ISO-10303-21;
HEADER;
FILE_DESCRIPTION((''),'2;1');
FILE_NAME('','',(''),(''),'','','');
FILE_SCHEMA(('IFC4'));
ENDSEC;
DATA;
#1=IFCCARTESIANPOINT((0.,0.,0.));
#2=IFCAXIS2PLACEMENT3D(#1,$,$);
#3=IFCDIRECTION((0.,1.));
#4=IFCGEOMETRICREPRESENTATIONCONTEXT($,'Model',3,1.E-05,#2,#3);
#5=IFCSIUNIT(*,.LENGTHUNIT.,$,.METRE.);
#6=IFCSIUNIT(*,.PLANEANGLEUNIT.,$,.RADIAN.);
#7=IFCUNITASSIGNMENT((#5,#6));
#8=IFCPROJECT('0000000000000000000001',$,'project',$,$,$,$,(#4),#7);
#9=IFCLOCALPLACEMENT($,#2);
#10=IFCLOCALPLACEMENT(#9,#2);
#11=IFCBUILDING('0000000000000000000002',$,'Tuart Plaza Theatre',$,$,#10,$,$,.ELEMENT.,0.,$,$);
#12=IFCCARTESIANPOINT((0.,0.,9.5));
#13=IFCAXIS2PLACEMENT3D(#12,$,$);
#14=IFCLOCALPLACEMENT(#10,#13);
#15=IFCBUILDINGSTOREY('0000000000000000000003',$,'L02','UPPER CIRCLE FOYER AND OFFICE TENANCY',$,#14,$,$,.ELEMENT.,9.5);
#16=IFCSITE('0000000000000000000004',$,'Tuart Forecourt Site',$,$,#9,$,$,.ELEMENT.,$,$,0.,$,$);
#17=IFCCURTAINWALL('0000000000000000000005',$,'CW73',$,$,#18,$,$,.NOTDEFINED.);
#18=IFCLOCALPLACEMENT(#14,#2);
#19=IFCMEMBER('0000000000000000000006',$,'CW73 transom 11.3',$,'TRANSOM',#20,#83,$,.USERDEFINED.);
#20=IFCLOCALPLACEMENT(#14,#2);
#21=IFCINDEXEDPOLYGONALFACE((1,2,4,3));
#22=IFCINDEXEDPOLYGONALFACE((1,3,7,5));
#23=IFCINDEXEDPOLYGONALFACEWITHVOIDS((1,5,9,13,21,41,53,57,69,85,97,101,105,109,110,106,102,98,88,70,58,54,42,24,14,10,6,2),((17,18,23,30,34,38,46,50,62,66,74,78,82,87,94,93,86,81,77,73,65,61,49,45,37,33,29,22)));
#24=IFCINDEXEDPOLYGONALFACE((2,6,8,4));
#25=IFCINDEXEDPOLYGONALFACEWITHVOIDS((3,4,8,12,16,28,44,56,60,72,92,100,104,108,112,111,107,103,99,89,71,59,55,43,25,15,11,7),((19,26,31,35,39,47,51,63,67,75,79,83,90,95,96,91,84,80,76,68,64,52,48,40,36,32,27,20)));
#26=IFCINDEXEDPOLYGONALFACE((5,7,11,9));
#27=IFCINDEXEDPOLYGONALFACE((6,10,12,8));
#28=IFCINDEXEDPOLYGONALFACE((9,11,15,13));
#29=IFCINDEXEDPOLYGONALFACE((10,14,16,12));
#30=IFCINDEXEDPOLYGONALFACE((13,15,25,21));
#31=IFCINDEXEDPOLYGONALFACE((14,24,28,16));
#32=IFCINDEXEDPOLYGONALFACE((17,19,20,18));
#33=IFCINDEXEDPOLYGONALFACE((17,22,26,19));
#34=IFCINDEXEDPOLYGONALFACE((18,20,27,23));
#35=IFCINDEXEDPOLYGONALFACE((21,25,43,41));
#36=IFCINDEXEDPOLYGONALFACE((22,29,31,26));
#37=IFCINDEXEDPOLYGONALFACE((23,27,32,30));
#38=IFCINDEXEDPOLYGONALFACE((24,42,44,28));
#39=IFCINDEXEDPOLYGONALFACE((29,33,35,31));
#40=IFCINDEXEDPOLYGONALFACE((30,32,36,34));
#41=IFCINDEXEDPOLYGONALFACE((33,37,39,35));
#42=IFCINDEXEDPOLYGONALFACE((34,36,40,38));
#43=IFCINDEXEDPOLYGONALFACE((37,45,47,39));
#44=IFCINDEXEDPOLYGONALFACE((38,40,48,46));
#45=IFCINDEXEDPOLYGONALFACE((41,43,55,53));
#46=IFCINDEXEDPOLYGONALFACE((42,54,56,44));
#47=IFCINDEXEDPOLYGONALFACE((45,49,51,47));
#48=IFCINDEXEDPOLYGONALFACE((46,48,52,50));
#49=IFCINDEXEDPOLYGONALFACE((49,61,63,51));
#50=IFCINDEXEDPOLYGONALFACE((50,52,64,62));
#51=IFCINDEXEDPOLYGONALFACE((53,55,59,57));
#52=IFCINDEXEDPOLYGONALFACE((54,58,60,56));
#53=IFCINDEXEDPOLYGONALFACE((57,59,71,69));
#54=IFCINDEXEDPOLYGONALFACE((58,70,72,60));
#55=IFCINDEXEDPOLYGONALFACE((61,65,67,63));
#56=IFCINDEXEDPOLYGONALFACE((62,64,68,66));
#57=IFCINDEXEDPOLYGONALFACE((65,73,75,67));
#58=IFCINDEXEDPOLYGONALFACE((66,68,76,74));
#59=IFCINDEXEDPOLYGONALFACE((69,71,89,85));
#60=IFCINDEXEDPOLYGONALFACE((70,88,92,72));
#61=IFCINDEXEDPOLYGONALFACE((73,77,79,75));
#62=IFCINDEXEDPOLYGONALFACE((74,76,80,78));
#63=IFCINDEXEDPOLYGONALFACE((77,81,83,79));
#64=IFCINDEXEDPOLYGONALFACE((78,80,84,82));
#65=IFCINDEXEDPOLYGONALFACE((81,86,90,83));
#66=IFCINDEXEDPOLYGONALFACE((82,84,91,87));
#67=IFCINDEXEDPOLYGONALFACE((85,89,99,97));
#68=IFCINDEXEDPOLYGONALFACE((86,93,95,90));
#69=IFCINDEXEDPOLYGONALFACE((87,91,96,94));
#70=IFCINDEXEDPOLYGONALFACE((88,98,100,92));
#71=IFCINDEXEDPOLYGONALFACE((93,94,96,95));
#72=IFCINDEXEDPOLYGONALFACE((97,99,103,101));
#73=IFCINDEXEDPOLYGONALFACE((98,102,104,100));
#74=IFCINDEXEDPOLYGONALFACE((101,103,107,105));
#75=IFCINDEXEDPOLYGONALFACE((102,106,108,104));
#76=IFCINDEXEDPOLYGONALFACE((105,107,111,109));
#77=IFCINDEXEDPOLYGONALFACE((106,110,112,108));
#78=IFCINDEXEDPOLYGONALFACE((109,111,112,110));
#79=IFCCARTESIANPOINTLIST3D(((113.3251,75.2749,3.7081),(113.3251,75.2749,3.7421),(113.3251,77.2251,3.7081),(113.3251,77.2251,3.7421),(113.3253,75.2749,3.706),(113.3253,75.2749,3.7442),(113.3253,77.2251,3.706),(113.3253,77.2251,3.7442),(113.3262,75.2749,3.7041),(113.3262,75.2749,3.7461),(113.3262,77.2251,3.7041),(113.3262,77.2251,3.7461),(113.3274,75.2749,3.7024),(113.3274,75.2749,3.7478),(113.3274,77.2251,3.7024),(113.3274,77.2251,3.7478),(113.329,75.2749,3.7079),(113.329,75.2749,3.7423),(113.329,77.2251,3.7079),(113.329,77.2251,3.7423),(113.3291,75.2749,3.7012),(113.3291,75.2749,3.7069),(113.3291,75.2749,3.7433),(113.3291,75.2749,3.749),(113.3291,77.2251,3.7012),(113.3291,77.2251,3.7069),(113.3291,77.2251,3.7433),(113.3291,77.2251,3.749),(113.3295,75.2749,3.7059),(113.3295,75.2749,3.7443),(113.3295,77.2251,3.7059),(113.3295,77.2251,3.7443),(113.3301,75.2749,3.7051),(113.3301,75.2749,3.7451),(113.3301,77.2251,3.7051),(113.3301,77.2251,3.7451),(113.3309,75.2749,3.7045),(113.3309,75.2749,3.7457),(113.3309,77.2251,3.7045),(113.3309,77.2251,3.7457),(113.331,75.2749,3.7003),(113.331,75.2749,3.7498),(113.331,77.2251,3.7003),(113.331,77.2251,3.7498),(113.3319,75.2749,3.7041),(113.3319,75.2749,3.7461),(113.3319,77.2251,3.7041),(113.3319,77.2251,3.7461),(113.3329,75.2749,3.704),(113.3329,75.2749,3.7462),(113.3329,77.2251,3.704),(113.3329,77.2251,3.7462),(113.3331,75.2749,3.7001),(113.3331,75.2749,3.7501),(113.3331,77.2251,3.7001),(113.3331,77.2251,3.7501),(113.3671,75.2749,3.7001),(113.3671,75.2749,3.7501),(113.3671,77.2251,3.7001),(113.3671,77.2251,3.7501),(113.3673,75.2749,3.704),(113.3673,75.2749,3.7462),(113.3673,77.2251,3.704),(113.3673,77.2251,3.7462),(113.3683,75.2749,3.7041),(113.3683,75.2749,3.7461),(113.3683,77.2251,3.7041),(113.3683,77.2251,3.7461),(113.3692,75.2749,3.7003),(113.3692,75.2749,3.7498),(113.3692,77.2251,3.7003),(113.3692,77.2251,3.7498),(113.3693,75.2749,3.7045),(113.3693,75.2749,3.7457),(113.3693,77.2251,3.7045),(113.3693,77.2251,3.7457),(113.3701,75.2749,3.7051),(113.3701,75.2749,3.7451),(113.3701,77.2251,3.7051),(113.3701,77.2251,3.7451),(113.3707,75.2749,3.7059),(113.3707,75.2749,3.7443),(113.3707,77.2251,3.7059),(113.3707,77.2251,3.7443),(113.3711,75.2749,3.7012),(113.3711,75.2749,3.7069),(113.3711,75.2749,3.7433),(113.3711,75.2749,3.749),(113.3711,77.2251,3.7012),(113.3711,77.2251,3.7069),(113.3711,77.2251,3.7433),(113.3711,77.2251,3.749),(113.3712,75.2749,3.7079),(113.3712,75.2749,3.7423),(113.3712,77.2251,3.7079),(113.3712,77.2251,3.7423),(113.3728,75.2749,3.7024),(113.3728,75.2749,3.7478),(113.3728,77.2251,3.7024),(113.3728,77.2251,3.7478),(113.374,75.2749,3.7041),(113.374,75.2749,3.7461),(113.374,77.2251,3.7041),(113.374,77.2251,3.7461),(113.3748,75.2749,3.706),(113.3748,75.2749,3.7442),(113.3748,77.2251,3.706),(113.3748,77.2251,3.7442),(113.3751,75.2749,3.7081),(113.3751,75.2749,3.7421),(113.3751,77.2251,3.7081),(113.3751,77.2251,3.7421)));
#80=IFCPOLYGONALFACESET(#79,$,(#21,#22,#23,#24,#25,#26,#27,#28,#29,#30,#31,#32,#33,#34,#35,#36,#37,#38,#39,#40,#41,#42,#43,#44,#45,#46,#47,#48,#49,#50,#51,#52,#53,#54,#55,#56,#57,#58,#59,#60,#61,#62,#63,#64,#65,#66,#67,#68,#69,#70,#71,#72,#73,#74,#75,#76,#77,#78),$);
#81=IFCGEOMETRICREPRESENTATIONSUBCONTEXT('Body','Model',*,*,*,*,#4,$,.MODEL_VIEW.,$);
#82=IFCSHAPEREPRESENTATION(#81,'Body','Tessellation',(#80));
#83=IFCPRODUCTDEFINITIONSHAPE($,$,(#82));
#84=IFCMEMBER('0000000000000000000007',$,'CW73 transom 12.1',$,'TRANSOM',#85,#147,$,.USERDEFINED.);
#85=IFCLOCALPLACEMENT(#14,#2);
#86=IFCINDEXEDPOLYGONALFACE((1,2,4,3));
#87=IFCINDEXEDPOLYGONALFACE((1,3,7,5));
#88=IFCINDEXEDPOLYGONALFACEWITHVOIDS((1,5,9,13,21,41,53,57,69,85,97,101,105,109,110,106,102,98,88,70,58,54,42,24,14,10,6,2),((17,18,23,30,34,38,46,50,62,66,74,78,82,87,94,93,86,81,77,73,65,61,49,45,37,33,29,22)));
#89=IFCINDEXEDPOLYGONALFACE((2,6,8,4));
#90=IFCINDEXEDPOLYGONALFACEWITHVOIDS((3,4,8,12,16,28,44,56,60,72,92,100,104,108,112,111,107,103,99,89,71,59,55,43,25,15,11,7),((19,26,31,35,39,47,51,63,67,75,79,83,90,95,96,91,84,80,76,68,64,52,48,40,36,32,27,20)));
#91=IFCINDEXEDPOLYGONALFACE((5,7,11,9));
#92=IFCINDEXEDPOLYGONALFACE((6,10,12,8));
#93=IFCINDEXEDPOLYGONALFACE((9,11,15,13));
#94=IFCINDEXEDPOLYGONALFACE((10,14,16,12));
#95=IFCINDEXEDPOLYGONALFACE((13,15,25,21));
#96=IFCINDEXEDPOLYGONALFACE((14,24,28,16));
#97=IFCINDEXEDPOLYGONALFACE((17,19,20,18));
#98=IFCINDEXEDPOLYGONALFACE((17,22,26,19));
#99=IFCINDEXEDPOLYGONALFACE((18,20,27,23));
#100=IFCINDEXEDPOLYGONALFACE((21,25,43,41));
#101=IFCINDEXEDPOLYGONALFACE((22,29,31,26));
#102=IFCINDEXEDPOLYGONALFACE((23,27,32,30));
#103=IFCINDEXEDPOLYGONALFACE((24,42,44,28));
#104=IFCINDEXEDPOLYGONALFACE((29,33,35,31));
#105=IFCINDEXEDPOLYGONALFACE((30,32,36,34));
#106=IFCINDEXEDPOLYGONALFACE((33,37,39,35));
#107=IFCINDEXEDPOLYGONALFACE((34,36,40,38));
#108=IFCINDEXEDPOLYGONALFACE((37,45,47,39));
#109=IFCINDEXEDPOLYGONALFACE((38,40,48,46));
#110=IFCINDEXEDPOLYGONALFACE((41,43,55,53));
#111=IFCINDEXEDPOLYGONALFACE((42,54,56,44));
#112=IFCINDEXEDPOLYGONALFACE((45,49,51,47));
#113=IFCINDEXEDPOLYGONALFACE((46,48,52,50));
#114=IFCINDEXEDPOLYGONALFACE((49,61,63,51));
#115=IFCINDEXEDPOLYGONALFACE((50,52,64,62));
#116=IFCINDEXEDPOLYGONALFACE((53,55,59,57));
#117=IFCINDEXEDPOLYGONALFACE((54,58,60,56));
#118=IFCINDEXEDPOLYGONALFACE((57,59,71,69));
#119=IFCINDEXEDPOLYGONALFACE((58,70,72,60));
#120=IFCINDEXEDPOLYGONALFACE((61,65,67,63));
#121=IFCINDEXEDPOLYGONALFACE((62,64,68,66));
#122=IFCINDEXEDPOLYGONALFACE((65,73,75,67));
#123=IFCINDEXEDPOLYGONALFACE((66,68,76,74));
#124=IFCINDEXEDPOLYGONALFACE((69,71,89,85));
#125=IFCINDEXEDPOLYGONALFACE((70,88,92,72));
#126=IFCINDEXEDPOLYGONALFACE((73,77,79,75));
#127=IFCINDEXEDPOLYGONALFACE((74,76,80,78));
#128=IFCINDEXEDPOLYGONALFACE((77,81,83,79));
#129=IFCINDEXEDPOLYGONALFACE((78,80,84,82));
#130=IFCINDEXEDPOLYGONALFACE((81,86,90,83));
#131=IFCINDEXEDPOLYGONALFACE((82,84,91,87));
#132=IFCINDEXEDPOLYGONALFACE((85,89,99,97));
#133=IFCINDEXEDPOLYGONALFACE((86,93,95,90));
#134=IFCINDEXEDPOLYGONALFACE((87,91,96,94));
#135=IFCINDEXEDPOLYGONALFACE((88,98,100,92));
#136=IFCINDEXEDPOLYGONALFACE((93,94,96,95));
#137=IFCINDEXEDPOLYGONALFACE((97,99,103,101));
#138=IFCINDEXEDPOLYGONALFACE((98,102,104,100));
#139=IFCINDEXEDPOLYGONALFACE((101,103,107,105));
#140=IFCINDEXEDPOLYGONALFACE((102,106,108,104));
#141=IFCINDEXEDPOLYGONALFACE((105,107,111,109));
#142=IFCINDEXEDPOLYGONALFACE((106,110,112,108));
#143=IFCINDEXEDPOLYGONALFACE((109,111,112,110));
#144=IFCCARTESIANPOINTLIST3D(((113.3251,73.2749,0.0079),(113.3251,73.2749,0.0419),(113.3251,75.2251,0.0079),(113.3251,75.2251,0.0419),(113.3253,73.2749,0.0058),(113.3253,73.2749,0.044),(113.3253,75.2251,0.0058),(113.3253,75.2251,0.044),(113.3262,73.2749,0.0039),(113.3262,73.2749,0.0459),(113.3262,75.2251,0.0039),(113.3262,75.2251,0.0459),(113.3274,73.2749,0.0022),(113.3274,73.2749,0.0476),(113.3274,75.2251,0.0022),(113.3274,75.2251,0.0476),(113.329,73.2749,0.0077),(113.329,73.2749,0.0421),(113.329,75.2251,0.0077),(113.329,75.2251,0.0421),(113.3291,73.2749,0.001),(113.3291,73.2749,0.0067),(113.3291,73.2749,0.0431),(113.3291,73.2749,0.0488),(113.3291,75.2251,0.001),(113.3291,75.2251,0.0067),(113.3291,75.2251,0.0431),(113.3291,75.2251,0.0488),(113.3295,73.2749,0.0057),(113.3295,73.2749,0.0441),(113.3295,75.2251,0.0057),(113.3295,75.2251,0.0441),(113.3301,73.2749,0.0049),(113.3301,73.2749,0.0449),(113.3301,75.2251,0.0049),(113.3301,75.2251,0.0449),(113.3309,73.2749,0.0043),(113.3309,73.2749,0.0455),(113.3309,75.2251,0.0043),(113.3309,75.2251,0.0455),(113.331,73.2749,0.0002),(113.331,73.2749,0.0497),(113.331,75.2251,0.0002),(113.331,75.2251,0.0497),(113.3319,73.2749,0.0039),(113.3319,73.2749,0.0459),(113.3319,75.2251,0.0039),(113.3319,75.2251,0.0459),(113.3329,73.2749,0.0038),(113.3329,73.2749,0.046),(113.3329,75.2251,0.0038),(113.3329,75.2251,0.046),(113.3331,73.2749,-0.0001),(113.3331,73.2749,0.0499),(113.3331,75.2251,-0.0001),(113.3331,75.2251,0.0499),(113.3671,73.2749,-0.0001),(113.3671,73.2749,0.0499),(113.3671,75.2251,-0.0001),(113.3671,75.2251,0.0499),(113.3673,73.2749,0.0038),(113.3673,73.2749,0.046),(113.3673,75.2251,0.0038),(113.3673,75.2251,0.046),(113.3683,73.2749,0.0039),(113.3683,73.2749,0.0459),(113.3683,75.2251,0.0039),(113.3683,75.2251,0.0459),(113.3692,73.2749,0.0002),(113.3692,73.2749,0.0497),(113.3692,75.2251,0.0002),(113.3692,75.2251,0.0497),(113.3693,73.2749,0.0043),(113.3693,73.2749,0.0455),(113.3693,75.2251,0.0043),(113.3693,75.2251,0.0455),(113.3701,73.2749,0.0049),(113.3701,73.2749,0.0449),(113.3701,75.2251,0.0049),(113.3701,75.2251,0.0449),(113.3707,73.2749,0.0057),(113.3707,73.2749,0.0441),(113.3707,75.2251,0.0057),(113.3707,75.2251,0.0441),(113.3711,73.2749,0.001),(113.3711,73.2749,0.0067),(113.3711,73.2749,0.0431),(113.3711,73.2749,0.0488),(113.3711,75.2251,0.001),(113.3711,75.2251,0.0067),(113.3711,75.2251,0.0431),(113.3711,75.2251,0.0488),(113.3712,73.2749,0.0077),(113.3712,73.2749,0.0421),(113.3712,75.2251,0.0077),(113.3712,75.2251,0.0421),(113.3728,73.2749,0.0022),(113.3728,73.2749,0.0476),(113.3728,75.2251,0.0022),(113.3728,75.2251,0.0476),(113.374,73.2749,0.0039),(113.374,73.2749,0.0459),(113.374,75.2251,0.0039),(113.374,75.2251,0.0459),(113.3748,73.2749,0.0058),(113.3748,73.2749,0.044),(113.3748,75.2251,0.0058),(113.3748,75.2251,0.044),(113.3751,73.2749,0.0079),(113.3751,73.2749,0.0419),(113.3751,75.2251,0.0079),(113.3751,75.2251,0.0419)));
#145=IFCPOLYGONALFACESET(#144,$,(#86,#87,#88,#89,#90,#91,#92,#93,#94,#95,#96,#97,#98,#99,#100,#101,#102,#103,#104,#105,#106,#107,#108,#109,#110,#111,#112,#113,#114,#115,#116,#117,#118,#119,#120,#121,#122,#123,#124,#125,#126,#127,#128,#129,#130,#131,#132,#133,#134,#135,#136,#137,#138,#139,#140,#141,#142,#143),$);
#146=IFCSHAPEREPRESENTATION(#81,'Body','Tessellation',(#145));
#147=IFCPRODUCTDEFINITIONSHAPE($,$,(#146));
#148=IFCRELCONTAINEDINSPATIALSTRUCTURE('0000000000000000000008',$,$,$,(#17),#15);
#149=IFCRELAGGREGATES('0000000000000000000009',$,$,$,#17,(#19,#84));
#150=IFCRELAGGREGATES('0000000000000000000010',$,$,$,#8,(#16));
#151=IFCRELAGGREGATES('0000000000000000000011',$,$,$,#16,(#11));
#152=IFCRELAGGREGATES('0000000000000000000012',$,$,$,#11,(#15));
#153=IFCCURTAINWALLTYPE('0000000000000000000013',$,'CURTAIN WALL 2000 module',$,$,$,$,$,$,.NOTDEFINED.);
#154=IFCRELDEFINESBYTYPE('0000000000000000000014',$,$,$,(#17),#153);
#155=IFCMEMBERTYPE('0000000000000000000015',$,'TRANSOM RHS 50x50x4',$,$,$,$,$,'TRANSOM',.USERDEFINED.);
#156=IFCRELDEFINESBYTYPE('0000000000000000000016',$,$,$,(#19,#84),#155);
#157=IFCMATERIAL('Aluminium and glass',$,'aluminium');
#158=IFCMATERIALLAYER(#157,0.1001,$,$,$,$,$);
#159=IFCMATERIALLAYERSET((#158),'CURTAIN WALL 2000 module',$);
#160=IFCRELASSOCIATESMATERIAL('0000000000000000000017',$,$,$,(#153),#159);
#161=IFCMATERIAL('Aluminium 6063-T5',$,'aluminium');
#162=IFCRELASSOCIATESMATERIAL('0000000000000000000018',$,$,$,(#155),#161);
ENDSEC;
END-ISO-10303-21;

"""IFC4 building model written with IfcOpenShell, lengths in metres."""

from ifc_helpers import new_model, si_unit, direction, frame, origin, origin_2d, place, context, subcontext, project, spatial, hollow_rectangle, extrude, material, layer, layer_set, material_profile, profile_set, type_object, element, aggregate, save


model = new_model("IFC4")

# Units and contexts
model_context = context("Model", 3, precision=1e-05, world=origin(), true_north=direction((0.0, 1.0)))
body_context = subcontext(model_context, "Body", "Model", "MODEL_VIEW")
ifc_project = project(units=[si_unit("LENGTHUNIT", "METRE"), si_unit("PLANEANGLEUNIT", "RADIAN")], contexts=[model_context])

# Site, building, storey
site_placement = place(None, origin())
site = spatial("IfcSite", under=ifc_project, at=site_placement, Name="Tuart Forecourt Site", CompositionType="ELEMENT", RefElevation=0.0)
building_placement = place(site_placement, origin())
building = spatial("IfcBuilding", under=site, at=building_placement, Name="Tuart Plaza Theatre", CompositionType="ELEMENT", ElevationOfRefHeight=0.0)
storey_placement = place(building_placement, frame((0.0, 0.0, 9.5)))
storey = spatial("IfcBuildingStorey", under=building, at=storey_placement, Name="L02", Description="UPPER CIRCLE FOYER AND OFFICE TENANCY", CompositionType="ELEMENT", Elevation=9.5)

# Curtain wall, members
ifc_material_1 = material(Name="Aluminium and glass", Category="aluminium")
ifc_layer_1 = layer(ifc_material_1, 0.1001)
ifc_layer_set_1 = layer_set([ifc_layer_1], Name="CURTAIN WALL 2000 module")
curtain_wall_type = type_object("IfcCurtainWallType", Name="CURTAIN WALL 2000 module", PredefinedType="NOTDEFINED", material=ifc_layer_set_1)
curtain_wall_placement = place(storey_placement, origin())
curtain_wall = element("IfcCurtainWall", 1, at=curtain_wall_placement, inside=storey, type_object=curtain_wall_type, Name="CW73", PredefinedType="NOTDEFINED")
ifc_material_2 = material(Name="Aluminium 6063-T5", Category="aluminium")
ifc_material_profile_1 = material_profile(ifc_material_2, hollow_rectangle(XDim=0.05, YDim=0.05, WallThickness=0.0039, InnerFilletRadius=0.0039, OuterFilletRadius=0.0081, at=origin_2d()), Name="RHS 50x50x4")
ifc_profile_set_1 = profile_set([ifc_material_profile_1], Name="Aluminium 6063-T5")
member_type_1 = type_object("IfcMemberType", Name="TRANSOM RHS 50x50x4", ElementType="TRANSOM", PredefinedType="USERDEFINED", material=ifc_profile_set_1)
member_1_placement = place(storey_placement, frame((113.3501, 77.2251, 3.7251), z_axis=(0.0, -1.0, 0.0), x_axis=(1.0, 0.0, 0.0)))
member_1 = element("IfcMember", 2, at=member_1_placement, type_object=member_type_1, Name="CW73 transom 11.3", ObjectType="TRANSOM", PredefinedType="USERDEFINED", context=body_context, shape_type="SweptSolid", body=[
    extrude(hollow_rectangle(XDim=0.05, YDim=0.05, WallThickness=0.0039, InnerFilletRadius=0.0039, OuterFilletRadius=0.0081, at=origin_2d()), origin(), (0.0, 0.0, 1.0), 1.9502),
])
member_2_placement = place(storey_placement, frame((113.3501, 75.2251, 0.0249), z_axis=(0.0, -1.0, 0.0), x_axis=(1.0, 0.0, 0.0)))
member_2 = element("IfcMember", 3, at=member_2_placement, type_object=member_type_1, Name="CW73 transom 12.1", ObjectType="TRANSOM", PredefinedType="USERDEFINED", context=body_context, shape_type="SweptSolid", body=[
    extrude(hollow_rectangle(XDim=0.05, YDim=0.05, WallThickness=0.0039, InnerFilletRadius=0.0039, OuterFilletRadius=0.0081, at=origin_2d()), origin(), (0.0, 0.0, 1.0), 1.9502),
])
aggregate(curtain_wall, [member_1, member_2])

save(model, "model.ifc")
